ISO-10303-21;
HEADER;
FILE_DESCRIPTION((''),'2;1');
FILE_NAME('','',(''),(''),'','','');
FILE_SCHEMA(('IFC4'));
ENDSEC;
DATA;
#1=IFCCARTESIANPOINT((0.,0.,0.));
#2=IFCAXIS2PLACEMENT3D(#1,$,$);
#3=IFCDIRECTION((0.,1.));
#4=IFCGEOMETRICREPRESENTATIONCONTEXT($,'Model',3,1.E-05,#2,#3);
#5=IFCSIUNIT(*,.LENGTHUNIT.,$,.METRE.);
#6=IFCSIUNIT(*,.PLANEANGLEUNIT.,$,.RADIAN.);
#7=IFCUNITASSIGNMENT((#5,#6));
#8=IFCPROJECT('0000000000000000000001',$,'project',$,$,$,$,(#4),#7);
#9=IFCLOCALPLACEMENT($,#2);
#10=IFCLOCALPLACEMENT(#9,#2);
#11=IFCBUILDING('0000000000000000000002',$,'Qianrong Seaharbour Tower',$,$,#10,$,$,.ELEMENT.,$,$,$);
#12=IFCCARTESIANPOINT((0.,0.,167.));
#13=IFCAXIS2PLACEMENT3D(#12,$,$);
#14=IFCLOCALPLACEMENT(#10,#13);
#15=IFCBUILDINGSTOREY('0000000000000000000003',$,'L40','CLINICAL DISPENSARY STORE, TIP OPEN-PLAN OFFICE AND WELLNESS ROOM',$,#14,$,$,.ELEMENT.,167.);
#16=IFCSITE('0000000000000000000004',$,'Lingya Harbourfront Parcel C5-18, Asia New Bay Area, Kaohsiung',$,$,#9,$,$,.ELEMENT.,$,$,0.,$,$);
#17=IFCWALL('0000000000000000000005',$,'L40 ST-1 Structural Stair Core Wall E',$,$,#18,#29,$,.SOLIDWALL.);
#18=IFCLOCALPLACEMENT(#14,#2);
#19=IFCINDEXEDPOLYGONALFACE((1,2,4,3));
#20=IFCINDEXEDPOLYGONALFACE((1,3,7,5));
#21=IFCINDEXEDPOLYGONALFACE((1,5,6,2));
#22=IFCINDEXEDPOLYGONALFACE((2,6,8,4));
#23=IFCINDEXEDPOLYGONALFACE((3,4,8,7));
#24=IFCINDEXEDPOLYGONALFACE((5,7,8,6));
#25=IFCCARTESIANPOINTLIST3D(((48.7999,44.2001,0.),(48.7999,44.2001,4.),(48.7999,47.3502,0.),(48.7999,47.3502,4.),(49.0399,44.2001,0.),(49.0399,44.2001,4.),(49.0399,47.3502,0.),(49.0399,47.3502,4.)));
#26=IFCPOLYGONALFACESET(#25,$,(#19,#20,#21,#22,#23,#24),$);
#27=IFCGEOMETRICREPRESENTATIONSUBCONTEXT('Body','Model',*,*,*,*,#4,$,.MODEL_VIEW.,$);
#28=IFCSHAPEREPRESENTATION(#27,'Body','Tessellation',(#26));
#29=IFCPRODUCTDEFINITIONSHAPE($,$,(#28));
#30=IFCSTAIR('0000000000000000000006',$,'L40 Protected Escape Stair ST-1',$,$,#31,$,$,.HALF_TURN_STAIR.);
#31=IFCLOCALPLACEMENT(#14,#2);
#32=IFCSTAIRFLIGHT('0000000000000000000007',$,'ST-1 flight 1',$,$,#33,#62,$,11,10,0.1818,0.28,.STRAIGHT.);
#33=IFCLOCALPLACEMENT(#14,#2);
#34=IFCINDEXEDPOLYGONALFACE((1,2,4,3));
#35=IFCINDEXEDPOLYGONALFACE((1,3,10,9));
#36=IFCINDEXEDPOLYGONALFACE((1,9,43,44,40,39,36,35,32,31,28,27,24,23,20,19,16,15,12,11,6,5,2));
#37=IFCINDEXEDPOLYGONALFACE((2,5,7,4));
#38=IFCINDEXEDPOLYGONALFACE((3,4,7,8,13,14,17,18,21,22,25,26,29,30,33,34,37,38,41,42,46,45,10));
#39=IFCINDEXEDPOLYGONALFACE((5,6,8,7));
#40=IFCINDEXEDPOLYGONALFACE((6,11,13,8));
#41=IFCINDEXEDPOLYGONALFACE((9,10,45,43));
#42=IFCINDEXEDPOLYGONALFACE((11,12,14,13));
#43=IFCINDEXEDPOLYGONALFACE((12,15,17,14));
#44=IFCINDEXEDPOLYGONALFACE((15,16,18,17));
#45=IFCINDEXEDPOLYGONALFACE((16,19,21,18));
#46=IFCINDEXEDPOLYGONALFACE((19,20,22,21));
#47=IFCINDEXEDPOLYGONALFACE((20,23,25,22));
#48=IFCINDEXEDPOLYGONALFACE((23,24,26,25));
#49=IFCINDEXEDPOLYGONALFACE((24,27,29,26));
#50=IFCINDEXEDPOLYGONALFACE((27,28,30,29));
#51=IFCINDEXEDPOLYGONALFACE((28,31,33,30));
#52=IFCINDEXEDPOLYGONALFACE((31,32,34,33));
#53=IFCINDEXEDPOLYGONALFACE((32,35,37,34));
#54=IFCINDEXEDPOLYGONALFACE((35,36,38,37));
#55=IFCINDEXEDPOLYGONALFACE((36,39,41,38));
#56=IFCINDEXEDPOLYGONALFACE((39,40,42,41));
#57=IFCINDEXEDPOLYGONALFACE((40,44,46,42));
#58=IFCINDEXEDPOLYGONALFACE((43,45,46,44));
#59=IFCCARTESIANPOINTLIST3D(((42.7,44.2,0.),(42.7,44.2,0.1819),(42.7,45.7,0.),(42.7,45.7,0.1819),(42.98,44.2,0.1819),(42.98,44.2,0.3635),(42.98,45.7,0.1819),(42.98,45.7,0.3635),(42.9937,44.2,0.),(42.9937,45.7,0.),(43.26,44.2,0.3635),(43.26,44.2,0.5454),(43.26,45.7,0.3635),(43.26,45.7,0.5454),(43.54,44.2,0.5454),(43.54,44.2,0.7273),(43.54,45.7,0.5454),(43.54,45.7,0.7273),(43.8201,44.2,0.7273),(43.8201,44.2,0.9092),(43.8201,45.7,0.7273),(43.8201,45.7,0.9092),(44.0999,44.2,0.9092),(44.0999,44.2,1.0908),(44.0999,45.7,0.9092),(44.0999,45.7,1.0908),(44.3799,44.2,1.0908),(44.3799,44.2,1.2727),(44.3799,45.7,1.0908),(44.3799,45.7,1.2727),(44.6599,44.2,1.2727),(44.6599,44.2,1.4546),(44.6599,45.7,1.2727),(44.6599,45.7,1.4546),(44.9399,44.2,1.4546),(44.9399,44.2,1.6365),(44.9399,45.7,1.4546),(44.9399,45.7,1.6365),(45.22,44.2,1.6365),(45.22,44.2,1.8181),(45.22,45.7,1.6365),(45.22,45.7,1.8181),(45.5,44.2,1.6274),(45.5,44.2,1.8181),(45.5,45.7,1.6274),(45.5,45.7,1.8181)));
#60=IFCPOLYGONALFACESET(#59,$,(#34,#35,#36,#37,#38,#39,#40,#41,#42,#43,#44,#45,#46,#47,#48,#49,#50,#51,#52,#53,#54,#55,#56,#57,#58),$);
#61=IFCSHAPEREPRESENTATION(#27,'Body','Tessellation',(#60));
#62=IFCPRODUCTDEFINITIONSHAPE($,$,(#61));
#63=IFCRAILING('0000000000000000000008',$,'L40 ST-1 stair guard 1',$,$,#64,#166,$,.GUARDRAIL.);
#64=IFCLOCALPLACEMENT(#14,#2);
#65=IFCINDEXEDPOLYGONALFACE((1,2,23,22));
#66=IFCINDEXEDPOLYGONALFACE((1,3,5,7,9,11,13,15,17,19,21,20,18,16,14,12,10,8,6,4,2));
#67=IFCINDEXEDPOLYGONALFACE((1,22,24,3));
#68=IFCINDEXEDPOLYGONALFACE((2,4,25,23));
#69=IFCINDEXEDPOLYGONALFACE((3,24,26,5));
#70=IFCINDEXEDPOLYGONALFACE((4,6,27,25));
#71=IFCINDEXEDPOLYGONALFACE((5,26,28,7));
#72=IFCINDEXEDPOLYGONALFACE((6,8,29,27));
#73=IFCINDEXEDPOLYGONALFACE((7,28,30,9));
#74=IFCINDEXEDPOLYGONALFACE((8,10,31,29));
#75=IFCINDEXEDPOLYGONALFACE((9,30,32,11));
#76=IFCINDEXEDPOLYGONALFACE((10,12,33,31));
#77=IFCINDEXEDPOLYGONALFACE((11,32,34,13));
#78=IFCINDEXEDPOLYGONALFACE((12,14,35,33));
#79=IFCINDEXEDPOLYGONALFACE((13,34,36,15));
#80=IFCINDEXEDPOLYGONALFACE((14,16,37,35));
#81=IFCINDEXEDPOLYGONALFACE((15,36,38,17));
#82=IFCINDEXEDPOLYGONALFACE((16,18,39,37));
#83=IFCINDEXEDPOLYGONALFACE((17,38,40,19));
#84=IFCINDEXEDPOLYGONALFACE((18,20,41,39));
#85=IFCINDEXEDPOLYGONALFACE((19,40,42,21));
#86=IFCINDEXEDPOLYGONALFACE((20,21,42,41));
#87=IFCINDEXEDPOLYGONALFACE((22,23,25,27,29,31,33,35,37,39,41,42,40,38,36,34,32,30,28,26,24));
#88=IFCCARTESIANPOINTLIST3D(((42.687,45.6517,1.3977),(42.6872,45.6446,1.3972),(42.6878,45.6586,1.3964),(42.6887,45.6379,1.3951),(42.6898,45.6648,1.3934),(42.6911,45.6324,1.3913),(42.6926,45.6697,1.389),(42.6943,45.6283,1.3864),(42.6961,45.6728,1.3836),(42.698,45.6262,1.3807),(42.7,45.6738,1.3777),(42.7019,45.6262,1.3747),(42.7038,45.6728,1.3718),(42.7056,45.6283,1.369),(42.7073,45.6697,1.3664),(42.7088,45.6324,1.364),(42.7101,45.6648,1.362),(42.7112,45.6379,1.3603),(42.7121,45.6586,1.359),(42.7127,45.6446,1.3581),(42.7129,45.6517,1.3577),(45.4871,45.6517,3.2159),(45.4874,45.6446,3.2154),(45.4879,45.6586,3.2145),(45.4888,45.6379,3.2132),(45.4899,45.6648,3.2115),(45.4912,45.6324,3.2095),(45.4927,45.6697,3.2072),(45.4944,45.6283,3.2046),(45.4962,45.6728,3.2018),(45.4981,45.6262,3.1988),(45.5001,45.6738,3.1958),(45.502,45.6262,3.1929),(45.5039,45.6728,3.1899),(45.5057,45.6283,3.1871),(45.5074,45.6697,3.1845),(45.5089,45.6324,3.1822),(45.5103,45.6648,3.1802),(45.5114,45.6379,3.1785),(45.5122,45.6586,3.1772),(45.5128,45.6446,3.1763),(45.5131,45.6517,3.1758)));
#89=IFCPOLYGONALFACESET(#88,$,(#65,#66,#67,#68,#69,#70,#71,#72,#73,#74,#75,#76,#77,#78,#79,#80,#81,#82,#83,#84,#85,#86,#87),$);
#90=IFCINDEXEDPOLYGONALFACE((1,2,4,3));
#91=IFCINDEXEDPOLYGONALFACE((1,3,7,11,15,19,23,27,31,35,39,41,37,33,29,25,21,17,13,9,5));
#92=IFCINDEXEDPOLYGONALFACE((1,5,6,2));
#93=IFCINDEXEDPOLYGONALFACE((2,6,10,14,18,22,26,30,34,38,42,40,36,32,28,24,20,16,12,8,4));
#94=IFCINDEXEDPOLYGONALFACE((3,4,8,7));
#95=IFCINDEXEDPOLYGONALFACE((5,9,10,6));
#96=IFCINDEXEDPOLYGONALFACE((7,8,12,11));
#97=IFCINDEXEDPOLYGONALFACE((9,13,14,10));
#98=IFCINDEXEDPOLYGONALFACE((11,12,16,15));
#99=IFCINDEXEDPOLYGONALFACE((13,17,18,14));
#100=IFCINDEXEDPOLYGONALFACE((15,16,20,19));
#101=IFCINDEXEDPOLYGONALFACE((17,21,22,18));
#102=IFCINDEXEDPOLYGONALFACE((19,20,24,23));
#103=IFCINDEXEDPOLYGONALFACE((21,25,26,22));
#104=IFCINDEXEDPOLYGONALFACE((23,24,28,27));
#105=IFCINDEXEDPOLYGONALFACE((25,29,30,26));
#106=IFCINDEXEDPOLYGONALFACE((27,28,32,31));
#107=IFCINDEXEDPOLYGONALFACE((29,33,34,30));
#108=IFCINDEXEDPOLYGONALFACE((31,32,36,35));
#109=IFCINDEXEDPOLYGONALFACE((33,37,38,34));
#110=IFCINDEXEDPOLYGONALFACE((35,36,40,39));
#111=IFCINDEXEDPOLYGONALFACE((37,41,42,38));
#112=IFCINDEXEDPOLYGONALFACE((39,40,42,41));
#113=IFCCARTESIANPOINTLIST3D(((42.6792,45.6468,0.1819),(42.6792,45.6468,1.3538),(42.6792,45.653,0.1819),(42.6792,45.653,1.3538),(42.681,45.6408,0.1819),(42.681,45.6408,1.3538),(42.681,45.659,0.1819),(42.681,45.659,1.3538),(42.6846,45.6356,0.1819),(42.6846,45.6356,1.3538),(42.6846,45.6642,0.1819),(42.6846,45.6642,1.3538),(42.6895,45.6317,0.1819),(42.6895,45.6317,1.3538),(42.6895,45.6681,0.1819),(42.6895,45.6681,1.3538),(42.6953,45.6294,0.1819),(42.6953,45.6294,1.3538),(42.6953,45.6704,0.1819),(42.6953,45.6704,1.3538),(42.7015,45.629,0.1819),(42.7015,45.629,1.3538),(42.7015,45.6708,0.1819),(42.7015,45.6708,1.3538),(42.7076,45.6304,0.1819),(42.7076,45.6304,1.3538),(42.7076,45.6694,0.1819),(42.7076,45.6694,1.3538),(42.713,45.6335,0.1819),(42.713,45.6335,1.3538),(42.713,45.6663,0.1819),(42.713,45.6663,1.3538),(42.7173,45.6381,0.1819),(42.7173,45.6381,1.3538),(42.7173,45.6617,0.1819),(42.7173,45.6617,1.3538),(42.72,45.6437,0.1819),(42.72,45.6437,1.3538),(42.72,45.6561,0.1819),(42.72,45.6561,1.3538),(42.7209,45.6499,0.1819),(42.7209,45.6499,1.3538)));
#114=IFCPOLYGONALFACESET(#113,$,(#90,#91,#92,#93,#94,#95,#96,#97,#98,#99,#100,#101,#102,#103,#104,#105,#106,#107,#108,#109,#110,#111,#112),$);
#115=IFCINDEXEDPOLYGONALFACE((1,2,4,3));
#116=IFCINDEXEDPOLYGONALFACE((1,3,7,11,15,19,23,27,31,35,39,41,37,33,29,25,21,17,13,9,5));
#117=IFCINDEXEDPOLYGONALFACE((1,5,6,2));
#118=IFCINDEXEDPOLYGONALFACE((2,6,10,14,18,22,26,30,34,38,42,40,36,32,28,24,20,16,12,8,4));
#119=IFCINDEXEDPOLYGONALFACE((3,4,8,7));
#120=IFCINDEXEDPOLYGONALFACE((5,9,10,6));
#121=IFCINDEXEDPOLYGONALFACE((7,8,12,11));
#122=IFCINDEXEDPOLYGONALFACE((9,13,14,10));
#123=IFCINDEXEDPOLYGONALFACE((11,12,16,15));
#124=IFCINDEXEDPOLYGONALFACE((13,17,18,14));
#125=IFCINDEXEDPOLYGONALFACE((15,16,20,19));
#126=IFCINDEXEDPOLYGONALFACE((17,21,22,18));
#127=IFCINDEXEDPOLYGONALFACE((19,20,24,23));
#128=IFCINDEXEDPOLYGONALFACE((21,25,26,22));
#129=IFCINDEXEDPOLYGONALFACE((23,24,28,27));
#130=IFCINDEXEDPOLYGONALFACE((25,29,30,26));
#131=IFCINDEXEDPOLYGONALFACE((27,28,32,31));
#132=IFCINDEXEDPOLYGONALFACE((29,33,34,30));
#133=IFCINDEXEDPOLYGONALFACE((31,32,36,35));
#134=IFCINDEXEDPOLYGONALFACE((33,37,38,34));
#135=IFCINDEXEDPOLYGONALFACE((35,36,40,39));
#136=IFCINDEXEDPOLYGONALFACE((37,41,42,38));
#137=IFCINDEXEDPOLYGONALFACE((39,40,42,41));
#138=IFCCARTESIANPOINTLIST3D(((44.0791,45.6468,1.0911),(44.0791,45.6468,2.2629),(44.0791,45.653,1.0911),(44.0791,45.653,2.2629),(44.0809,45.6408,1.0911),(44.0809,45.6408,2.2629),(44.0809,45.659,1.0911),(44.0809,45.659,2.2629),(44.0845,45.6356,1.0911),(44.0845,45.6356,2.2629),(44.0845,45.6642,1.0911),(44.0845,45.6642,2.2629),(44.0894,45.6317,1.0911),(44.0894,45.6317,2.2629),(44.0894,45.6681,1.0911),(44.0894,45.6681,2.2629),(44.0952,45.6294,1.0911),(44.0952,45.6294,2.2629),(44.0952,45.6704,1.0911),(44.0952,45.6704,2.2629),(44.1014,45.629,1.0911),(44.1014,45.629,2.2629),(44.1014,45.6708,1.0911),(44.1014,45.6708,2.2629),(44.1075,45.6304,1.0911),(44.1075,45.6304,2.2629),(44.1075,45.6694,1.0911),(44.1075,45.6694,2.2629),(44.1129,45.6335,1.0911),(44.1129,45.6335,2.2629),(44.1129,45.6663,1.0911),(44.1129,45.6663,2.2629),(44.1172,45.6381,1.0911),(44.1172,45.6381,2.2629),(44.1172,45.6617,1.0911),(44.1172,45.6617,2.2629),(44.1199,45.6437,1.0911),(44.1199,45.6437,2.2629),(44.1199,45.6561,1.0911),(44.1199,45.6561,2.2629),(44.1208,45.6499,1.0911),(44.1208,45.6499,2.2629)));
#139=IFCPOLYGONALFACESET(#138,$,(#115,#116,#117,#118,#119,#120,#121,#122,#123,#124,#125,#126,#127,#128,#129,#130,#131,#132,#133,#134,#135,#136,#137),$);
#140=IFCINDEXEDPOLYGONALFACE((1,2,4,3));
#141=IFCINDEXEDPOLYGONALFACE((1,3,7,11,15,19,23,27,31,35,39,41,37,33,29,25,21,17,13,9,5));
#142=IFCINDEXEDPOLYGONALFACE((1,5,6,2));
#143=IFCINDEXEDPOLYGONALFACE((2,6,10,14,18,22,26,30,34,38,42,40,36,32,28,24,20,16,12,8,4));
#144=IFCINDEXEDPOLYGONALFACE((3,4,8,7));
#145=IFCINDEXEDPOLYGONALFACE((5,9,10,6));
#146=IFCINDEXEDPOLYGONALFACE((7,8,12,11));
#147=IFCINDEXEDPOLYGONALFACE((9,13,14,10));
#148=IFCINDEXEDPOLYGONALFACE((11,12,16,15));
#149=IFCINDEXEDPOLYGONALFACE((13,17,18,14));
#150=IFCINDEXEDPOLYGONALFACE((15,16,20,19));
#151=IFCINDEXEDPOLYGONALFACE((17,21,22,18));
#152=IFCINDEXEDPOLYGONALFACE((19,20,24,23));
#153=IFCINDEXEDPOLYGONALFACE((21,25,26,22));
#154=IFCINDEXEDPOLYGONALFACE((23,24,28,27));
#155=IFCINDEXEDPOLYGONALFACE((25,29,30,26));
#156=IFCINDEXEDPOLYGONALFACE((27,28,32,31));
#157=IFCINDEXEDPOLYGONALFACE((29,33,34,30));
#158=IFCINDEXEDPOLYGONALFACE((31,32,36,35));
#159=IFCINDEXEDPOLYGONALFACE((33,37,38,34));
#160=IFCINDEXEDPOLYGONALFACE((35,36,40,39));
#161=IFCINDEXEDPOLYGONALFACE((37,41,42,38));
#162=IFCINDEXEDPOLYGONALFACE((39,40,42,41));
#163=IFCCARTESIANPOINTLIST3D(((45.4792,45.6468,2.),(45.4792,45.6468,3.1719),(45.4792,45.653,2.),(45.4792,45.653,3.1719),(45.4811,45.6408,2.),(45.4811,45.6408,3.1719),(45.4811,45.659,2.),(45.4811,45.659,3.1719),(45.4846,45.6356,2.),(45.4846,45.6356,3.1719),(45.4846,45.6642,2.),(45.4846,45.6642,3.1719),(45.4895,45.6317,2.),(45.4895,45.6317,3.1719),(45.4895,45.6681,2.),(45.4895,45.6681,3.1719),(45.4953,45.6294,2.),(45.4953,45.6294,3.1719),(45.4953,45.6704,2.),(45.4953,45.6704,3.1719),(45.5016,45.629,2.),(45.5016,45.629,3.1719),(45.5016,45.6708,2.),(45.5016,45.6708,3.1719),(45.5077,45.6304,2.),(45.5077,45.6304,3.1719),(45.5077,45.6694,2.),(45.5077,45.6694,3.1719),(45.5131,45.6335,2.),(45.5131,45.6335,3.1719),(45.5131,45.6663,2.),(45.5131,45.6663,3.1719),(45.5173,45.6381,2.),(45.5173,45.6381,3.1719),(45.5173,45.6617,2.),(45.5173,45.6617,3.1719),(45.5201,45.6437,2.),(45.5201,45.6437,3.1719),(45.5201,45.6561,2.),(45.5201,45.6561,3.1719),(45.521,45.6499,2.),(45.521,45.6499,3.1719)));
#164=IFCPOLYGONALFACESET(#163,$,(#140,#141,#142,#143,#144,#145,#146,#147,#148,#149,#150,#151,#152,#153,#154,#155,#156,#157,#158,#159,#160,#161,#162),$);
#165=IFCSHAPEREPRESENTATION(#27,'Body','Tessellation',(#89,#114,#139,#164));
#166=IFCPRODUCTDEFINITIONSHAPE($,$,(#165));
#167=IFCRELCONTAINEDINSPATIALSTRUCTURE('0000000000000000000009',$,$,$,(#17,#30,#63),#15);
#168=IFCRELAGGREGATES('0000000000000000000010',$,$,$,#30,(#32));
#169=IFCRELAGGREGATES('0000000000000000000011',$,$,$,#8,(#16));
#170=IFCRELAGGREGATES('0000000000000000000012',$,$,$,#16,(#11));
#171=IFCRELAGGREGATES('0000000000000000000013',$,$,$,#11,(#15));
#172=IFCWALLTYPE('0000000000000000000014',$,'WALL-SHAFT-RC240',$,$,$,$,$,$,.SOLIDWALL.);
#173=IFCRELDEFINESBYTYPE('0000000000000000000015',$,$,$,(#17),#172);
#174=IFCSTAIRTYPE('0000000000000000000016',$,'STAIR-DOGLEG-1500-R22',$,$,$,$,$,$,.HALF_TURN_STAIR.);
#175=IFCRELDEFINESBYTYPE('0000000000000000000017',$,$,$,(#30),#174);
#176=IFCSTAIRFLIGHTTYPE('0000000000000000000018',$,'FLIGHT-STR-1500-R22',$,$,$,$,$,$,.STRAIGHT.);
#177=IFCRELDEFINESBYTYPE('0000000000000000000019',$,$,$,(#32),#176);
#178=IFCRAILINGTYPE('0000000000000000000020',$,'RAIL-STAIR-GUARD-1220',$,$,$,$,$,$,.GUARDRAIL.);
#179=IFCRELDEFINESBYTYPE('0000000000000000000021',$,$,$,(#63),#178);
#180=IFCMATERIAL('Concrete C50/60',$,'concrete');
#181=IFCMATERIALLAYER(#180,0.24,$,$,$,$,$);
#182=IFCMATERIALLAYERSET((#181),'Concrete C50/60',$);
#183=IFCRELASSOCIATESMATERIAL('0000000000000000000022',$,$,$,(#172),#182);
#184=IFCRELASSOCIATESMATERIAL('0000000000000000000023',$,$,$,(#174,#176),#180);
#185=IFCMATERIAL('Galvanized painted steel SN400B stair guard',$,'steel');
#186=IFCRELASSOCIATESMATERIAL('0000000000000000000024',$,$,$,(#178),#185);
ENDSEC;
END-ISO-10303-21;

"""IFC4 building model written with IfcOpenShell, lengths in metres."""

from ifc_helpers import new_model, si_unit, direction, frame, frame_2d, origin, origin_2d, place, context, subcontext, project, spatial, polyline, rectangle, circle, outline, extrude, material, layer, layer_set, type_object, element, aggregate, save


model = new_model("IFC4")

# Units and contexts
model_context = context("Model", 3, precision=1e-05, world=origin(), true_north=direction((0.0, 1.0)))
body_context = subcontext(model_context, "Body", "Model", "MODEL_VIEW")
ifc_project = project(units=[si_unit("LENGTHUNIT", "METRE"), si_unit("PLANEANGLEUNIT", "RADIAN")], contexts=[model_context])

# Site, building, storey
site_placement = place(None, origin())
site = spatial("IfcSite", under=ifc_project, at=site_placement, Name="Lingya Harbourfront Parcel C5-18, Asia New Bay Area, Kaohsiung", CompositionType="ELEMENT", RefElevation=0.0)
building_placement = place(site_placement, origin())
building = spatial("IfcBuilding", under=site, at=building_placement, Name="Qianrong Seaharbour Tower", CompositionType="ELEMENT")
storey_placement = place(building_placement, frame((0.0, 0.0, 167.0)))
storey = spatial("IfcBuildingStorey", under=building, at=storey_placement, Name="L40", Description="CLINICAL DISPENSARY STORE, TIP OPEN-PLAN OFFICE AND WELLNESS ROOM", CompositionType="ELEMENT", Elevation=167.0)

# Wall
ifc_material_1 = material(Name="Concrete C50/60", Category="concrete")
ifc_layer_1 = layer(ifc_material_1, 0.24)
ifc_layer_set_1 = layer_set([ifc_layer_1], Name="Concrete C50/60")
wall_type_1 = type_object("IfcWallType", Name="WALL-SHAFT-RC240", PredefinedType="SOLIDWALL", material=ifc_layer_set_1)
wall_1_placement = place(storey_placement, frame((48.9199, 44.2, 0.0), z_axis=(0.0, 0.0, 1.0), x_axis=(0.0, 1.0, 0.0)))
element("IfcWall", 1, at=wall_1_placement, inside=storey, type_object=wall_type_1, Name="L40 ST-1 Structural Stair Core Wall E", PredefinedType="SOLIDWALL", context=body_context, shape_type="SweptSolid", body=[
    extrude(rectangle(XDim=3.1501, YDim=0.24, at=frame_2d((1.5752, 0.0))), origin(), (0.0, 0.0, 1.0), 4.0),
])

# Stair, stair flight
stair_type = type_object("IfcStairType", Name="STAIR-DOGLEG-1500-R22", PredefinedType="HALF_TURN_STAIR", material=ifc_material_1)
stair_placement = place(storey_placement, origin())
stair = element("IfcStair", 2, at=stair_placement, inside=storey, type_object=stair_type, Name="L40 Protected Escape Stair ST-1", PredefinedType="HALF_TURN_STAIR")
stair_flight_type = type_object("IfcStairFlightType", Name="FLIGHT-STR-1500-R22", PredefinedType="STRAIGHT", material=ifc_material_1)
stair_flight_placement = place(storey_placement, frame((42.7, 44.95, 0.0), z_axis=(0.0, 0.0, 1.0), x_axis=(1.0, 0.0, 0.0)))
stair_flight = element("IfcStairFlight", 3, at=stair_flight_placement, type_object=stair_flight_type, Name="ST-1 flight 1", NumberOfRisers=11, NumberOfTreads=10, PredefinedType="STRAIGHT", RiserHeight=0.1818, TreadLength=0.28, context=body_context, shape_type="SweptSolid", body=[
    extrude(outline(polyline([(0.0, 0.0), (0.0, 0.1819), (0.28, 0.1819), (0.28, 0.3635), (0.5601, 0.3635), (0.5601, 0.5454), (0.8401, 0.5454), (0.8401, 0.7273), (1.1201, 0.7273), (1.1201, 0.9092), (1.3999, 0.9092), (1.3999, 1.0908), (1.6799, 1.0908), (1.6799, 1.2727), (1.96, 1.2727), (1.96, 1.4546), (2.24, 1.4546), (2.24, 1.6365), (2.52, 1.6365), (2.52, 1.8181), (2.8, 1.8181), (2.8, 2.0), (2.8, 1.6274), (0.2937, 0.0), (0.0, 0.0)])), frame((0.0, 0.75, 0.0), z_axis=(0.0, -1.0, 0.0), x_axis=(1.0, 0.0, 0.0)), (0.0, 0.0, 1.0), 1.5),
])
aggregate(stair, [stair_flight])

# Railing
ifc_material_2 = material(Name="Galvanized painted steel SN400B stair guard", Category="steel")
railing_type_1 = type_object("IfcRailingType", Name="RAIL-STAIR-GUARD-1220", PredefinedType="GUARDRAIL", material=ifc_material_2)
railing_1_placement = place(storey_placement, frame((42.7, 45.6499, 0.1819)))
element("IfcRailing", 4, at=railing_1_placement, inside=storey, type_object=railing_type_1, Name="L40 ST-1 stair guard 1", PredefinedType="GUARDRAIL", context=body_context, shape_type="SweptSolid", body=[
    extrude(circle(Radius=0.0239, at=origin_2d()), frame((0.0, 0.0, 1.1958), z_axis=(0.838706, 0.0, 0.544585), x_axis=(0.0, 1.0, 0.0)), (0.0, 0.0, 1.0), 3.3386),
    extrude(circle(Radius=0.021, at=origin_2d()), origin(), (0.0, 0.0, 1.0), 1.1719),
    extrude(circle(Radius=0.021, at=origin_2d()), frame((1.3999, 0.0, 0.9092)), (0.0, 0.0, 1.0), 1.1719),
    extrude(circle(Radius=0.021, at=origin_2d()), frame((2.8, 0.0, 1.8181)), (0.0, 0.0, 1.0), 1.1719),
])

save(model, "model.ifc")
